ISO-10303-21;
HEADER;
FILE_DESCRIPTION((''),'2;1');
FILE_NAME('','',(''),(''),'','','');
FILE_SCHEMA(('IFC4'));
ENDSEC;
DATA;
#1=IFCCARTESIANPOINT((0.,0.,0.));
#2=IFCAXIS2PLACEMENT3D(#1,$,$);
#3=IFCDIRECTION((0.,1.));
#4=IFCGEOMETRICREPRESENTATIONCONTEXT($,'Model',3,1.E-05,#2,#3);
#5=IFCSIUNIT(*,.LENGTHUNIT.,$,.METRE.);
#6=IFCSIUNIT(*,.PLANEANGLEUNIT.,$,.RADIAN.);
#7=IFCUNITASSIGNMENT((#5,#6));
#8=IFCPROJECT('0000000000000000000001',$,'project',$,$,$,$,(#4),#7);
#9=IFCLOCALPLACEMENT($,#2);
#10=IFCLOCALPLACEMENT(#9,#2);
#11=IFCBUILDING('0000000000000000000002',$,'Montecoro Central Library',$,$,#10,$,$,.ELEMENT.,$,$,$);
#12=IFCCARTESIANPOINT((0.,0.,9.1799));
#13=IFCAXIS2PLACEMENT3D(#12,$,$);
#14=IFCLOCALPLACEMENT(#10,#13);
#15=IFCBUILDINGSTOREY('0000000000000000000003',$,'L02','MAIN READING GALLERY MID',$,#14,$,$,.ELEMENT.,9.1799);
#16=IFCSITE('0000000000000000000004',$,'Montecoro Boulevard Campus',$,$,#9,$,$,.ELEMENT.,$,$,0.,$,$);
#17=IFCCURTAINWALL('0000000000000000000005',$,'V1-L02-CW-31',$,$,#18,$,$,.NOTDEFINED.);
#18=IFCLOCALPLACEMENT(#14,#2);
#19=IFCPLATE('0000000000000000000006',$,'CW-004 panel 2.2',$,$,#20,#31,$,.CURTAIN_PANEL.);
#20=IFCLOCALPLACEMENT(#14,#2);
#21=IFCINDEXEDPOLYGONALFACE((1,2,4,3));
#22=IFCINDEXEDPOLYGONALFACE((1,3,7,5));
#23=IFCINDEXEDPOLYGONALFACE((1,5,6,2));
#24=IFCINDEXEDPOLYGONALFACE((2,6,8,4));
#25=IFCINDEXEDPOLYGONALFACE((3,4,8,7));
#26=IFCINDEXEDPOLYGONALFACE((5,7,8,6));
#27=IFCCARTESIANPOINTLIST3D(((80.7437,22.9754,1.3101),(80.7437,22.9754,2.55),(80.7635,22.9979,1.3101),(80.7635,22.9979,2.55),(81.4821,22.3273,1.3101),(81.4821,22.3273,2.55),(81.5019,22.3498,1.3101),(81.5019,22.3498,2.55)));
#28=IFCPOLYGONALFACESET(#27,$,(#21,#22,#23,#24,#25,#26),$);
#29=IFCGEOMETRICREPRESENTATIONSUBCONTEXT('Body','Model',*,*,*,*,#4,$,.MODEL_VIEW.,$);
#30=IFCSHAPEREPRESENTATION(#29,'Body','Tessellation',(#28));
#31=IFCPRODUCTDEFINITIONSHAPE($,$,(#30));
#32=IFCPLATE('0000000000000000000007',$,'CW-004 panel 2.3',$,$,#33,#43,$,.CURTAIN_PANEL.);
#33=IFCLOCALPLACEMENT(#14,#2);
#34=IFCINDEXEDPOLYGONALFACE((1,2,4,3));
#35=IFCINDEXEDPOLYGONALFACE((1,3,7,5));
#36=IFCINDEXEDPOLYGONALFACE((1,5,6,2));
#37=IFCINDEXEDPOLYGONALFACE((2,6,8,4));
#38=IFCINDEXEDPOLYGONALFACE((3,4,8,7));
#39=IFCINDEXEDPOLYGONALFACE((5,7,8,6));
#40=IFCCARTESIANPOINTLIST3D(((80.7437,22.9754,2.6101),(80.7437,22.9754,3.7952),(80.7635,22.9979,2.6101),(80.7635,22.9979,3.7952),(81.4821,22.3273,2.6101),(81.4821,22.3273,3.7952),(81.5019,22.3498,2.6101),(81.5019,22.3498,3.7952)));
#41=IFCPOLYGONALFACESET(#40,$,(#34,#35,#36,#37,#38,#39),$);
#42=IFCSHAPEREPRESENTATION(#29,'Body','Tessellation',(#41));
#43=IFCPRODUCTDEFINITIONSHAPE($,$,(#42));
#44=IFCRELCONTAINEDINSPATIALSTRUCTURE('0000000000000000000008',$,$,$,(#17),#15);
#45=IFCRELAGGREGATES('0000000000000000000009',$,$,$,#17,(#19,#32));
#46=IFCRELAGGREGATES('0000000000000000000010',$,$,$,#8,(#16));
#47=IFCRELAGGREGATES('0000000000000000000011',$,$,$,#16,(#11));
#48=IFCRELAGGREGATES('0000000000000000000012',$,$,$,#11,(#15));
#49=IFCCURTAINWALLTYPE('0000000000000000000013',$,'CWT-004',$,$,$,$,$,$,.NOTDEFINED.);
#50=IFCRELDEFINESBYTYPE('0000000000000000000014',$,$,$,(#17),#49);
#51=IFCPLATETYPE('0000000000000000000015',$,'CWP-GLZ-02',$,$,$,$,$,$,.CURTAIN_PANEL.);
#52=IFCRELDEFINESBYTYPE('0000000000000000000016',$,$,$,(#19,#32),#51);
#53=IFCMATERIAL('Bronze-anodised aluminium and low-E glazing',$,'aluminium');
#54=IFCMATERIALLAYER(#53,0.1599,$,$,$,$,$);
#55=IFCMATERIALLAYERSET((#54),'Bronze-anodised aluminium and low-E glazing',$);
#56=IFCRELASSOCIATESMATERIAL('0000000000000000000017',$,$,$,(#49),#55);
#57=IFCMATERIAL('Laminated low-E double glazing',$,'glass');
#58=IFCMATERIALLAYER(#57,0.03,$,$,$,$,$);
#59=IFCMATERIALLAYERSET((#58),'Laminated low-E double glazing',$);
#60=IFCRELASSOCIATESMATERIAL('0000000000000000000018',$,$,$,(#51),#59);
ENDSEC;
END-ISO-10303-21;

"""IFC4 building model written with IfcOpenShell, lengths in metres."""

from ifc_helpers import new_model, si_unit, direction, frame, origin, origin_2d, place, context, subcontext, project, spatial, rectangle, extrude, material, layer, layer_set, type_object, element, aggregate, save


model = new_model("IFC4")

# Units and contexts
model_context = context("Model", 3, precision=1e-05, world=origin(), true_north=direction((0.0, 1.0)))
body_context = subcontext(model_context, "Body", "Model", "MODEL_VIEW")
ifc_project = project(units=[si_unit("LENGTHUNIT", "METRE"), si_unit("PLANEANGLEUNIT", "RADIAN")], contexts=[model_context])

# Site, building, storey
site_placement = place(None, origin())
site = spatial("IfcSite", under=ifc_project, at=site_placement, Name="Montecoro Boulevard Campus", CompositionType="ELEMENT", RefElevation=0.0)
building_placement = place(site_placement, origin())
building = spatial("IfcBuilding", under=site, at=building_placement, Name="Montecoro Central Library", CompositionType="ELEMENT")
storey_placement = place(building_placement, frame((0.0, 0.0, 9.1799)))
storey = spatial("IfcBuildingStorey", under=building, at=storey_placement, Name="L02", Description="MAIN READING GALLERY MID", CompositionType="ELEMENT", Elevation=9.1799)

# Curtain wall, plates
ifc_material_1 = material(Name="Bronze-anodised aluminium and low-E glazing", Category="aluminium")
ifc_layer_1 = layer(ifc_material_1, 0.1599)
ifc_layer_set_1 = layer_set([ifc_layer_1], Name="Bronze-anodised aluminium and low-E glazing")
curtain_wall_type = type_object("IfcCurtainWallType", Name="CWT-004", PredefinedType="NOTDEFINED", material=ifc_layer_set_1)
curtain_wall_placement = place(storey_placement, origin())
curtain_wall = element("IfcCurtainWall", 1, at=curtain_wall_placement, inside=storey, type_object=curtain_wall_type, Name="V1-L02-CW-31", PredefinedType="NOTDEFINED")
ifc_material_2 = material(Name="Laminated low-E double glazing", Category="glass")
ifc_layer_2 = layer(ifc_material_2, 0.03)
ifc_layer_set_2 = layer_set([ifc_layer_2], Name="Laminated low-E double glazing")
plate_type = type_object("IfcPlateType", Name="CWP-GLZ-02", PredefinedType="CURTAIN_PANEL", material=ifc_layer_set_2)
plate_1_placement = place(storey_placement, frame((81.1228, 22.6626, 1.3101), z_axis=(0.0, 0.0, 1.0), x_axis=(0.751536, -0.659692, 0.0)))
plate_1 = element("IfcPlate", 2, at=plate_1_placement, type_object=plate_type, Name="CW-004 panel 2.2", PredefinedType="CURTAIN_PANEL", context=body_context, shape_type="SweptSolid", body=[
    extrude(rectangle(XDim=0.9824, YDim=0.03, at=origin_2d()), origin(), (0.0, 0.0, 1.0), 1.24),
])
plate_2_placement = place(storey_placement, frame((81.1228, 22.6626, 2.6101), z_axis=(0.0, 0.0, 1.0), x_axis=(0.751536, -0.659692, 0.0)))
plate_2 = element("IfcPlate", 3, at=plate_2_placement, type_object=plate_type, Name="CW-004 panel 2.3", PredefinedType="CURTAIN_PANEL", context=body_context, shape_type="SweptSolid", body=[
    extrude(rectangle(XDim=0.9824, YDim=0.03, at=origin_2d()), origin(), (0.0, 0.0, 1.0), 1.1851),
])
aggregate(curtain_wall, [plate_1, plate_2])

save(model, "model.ifc")
